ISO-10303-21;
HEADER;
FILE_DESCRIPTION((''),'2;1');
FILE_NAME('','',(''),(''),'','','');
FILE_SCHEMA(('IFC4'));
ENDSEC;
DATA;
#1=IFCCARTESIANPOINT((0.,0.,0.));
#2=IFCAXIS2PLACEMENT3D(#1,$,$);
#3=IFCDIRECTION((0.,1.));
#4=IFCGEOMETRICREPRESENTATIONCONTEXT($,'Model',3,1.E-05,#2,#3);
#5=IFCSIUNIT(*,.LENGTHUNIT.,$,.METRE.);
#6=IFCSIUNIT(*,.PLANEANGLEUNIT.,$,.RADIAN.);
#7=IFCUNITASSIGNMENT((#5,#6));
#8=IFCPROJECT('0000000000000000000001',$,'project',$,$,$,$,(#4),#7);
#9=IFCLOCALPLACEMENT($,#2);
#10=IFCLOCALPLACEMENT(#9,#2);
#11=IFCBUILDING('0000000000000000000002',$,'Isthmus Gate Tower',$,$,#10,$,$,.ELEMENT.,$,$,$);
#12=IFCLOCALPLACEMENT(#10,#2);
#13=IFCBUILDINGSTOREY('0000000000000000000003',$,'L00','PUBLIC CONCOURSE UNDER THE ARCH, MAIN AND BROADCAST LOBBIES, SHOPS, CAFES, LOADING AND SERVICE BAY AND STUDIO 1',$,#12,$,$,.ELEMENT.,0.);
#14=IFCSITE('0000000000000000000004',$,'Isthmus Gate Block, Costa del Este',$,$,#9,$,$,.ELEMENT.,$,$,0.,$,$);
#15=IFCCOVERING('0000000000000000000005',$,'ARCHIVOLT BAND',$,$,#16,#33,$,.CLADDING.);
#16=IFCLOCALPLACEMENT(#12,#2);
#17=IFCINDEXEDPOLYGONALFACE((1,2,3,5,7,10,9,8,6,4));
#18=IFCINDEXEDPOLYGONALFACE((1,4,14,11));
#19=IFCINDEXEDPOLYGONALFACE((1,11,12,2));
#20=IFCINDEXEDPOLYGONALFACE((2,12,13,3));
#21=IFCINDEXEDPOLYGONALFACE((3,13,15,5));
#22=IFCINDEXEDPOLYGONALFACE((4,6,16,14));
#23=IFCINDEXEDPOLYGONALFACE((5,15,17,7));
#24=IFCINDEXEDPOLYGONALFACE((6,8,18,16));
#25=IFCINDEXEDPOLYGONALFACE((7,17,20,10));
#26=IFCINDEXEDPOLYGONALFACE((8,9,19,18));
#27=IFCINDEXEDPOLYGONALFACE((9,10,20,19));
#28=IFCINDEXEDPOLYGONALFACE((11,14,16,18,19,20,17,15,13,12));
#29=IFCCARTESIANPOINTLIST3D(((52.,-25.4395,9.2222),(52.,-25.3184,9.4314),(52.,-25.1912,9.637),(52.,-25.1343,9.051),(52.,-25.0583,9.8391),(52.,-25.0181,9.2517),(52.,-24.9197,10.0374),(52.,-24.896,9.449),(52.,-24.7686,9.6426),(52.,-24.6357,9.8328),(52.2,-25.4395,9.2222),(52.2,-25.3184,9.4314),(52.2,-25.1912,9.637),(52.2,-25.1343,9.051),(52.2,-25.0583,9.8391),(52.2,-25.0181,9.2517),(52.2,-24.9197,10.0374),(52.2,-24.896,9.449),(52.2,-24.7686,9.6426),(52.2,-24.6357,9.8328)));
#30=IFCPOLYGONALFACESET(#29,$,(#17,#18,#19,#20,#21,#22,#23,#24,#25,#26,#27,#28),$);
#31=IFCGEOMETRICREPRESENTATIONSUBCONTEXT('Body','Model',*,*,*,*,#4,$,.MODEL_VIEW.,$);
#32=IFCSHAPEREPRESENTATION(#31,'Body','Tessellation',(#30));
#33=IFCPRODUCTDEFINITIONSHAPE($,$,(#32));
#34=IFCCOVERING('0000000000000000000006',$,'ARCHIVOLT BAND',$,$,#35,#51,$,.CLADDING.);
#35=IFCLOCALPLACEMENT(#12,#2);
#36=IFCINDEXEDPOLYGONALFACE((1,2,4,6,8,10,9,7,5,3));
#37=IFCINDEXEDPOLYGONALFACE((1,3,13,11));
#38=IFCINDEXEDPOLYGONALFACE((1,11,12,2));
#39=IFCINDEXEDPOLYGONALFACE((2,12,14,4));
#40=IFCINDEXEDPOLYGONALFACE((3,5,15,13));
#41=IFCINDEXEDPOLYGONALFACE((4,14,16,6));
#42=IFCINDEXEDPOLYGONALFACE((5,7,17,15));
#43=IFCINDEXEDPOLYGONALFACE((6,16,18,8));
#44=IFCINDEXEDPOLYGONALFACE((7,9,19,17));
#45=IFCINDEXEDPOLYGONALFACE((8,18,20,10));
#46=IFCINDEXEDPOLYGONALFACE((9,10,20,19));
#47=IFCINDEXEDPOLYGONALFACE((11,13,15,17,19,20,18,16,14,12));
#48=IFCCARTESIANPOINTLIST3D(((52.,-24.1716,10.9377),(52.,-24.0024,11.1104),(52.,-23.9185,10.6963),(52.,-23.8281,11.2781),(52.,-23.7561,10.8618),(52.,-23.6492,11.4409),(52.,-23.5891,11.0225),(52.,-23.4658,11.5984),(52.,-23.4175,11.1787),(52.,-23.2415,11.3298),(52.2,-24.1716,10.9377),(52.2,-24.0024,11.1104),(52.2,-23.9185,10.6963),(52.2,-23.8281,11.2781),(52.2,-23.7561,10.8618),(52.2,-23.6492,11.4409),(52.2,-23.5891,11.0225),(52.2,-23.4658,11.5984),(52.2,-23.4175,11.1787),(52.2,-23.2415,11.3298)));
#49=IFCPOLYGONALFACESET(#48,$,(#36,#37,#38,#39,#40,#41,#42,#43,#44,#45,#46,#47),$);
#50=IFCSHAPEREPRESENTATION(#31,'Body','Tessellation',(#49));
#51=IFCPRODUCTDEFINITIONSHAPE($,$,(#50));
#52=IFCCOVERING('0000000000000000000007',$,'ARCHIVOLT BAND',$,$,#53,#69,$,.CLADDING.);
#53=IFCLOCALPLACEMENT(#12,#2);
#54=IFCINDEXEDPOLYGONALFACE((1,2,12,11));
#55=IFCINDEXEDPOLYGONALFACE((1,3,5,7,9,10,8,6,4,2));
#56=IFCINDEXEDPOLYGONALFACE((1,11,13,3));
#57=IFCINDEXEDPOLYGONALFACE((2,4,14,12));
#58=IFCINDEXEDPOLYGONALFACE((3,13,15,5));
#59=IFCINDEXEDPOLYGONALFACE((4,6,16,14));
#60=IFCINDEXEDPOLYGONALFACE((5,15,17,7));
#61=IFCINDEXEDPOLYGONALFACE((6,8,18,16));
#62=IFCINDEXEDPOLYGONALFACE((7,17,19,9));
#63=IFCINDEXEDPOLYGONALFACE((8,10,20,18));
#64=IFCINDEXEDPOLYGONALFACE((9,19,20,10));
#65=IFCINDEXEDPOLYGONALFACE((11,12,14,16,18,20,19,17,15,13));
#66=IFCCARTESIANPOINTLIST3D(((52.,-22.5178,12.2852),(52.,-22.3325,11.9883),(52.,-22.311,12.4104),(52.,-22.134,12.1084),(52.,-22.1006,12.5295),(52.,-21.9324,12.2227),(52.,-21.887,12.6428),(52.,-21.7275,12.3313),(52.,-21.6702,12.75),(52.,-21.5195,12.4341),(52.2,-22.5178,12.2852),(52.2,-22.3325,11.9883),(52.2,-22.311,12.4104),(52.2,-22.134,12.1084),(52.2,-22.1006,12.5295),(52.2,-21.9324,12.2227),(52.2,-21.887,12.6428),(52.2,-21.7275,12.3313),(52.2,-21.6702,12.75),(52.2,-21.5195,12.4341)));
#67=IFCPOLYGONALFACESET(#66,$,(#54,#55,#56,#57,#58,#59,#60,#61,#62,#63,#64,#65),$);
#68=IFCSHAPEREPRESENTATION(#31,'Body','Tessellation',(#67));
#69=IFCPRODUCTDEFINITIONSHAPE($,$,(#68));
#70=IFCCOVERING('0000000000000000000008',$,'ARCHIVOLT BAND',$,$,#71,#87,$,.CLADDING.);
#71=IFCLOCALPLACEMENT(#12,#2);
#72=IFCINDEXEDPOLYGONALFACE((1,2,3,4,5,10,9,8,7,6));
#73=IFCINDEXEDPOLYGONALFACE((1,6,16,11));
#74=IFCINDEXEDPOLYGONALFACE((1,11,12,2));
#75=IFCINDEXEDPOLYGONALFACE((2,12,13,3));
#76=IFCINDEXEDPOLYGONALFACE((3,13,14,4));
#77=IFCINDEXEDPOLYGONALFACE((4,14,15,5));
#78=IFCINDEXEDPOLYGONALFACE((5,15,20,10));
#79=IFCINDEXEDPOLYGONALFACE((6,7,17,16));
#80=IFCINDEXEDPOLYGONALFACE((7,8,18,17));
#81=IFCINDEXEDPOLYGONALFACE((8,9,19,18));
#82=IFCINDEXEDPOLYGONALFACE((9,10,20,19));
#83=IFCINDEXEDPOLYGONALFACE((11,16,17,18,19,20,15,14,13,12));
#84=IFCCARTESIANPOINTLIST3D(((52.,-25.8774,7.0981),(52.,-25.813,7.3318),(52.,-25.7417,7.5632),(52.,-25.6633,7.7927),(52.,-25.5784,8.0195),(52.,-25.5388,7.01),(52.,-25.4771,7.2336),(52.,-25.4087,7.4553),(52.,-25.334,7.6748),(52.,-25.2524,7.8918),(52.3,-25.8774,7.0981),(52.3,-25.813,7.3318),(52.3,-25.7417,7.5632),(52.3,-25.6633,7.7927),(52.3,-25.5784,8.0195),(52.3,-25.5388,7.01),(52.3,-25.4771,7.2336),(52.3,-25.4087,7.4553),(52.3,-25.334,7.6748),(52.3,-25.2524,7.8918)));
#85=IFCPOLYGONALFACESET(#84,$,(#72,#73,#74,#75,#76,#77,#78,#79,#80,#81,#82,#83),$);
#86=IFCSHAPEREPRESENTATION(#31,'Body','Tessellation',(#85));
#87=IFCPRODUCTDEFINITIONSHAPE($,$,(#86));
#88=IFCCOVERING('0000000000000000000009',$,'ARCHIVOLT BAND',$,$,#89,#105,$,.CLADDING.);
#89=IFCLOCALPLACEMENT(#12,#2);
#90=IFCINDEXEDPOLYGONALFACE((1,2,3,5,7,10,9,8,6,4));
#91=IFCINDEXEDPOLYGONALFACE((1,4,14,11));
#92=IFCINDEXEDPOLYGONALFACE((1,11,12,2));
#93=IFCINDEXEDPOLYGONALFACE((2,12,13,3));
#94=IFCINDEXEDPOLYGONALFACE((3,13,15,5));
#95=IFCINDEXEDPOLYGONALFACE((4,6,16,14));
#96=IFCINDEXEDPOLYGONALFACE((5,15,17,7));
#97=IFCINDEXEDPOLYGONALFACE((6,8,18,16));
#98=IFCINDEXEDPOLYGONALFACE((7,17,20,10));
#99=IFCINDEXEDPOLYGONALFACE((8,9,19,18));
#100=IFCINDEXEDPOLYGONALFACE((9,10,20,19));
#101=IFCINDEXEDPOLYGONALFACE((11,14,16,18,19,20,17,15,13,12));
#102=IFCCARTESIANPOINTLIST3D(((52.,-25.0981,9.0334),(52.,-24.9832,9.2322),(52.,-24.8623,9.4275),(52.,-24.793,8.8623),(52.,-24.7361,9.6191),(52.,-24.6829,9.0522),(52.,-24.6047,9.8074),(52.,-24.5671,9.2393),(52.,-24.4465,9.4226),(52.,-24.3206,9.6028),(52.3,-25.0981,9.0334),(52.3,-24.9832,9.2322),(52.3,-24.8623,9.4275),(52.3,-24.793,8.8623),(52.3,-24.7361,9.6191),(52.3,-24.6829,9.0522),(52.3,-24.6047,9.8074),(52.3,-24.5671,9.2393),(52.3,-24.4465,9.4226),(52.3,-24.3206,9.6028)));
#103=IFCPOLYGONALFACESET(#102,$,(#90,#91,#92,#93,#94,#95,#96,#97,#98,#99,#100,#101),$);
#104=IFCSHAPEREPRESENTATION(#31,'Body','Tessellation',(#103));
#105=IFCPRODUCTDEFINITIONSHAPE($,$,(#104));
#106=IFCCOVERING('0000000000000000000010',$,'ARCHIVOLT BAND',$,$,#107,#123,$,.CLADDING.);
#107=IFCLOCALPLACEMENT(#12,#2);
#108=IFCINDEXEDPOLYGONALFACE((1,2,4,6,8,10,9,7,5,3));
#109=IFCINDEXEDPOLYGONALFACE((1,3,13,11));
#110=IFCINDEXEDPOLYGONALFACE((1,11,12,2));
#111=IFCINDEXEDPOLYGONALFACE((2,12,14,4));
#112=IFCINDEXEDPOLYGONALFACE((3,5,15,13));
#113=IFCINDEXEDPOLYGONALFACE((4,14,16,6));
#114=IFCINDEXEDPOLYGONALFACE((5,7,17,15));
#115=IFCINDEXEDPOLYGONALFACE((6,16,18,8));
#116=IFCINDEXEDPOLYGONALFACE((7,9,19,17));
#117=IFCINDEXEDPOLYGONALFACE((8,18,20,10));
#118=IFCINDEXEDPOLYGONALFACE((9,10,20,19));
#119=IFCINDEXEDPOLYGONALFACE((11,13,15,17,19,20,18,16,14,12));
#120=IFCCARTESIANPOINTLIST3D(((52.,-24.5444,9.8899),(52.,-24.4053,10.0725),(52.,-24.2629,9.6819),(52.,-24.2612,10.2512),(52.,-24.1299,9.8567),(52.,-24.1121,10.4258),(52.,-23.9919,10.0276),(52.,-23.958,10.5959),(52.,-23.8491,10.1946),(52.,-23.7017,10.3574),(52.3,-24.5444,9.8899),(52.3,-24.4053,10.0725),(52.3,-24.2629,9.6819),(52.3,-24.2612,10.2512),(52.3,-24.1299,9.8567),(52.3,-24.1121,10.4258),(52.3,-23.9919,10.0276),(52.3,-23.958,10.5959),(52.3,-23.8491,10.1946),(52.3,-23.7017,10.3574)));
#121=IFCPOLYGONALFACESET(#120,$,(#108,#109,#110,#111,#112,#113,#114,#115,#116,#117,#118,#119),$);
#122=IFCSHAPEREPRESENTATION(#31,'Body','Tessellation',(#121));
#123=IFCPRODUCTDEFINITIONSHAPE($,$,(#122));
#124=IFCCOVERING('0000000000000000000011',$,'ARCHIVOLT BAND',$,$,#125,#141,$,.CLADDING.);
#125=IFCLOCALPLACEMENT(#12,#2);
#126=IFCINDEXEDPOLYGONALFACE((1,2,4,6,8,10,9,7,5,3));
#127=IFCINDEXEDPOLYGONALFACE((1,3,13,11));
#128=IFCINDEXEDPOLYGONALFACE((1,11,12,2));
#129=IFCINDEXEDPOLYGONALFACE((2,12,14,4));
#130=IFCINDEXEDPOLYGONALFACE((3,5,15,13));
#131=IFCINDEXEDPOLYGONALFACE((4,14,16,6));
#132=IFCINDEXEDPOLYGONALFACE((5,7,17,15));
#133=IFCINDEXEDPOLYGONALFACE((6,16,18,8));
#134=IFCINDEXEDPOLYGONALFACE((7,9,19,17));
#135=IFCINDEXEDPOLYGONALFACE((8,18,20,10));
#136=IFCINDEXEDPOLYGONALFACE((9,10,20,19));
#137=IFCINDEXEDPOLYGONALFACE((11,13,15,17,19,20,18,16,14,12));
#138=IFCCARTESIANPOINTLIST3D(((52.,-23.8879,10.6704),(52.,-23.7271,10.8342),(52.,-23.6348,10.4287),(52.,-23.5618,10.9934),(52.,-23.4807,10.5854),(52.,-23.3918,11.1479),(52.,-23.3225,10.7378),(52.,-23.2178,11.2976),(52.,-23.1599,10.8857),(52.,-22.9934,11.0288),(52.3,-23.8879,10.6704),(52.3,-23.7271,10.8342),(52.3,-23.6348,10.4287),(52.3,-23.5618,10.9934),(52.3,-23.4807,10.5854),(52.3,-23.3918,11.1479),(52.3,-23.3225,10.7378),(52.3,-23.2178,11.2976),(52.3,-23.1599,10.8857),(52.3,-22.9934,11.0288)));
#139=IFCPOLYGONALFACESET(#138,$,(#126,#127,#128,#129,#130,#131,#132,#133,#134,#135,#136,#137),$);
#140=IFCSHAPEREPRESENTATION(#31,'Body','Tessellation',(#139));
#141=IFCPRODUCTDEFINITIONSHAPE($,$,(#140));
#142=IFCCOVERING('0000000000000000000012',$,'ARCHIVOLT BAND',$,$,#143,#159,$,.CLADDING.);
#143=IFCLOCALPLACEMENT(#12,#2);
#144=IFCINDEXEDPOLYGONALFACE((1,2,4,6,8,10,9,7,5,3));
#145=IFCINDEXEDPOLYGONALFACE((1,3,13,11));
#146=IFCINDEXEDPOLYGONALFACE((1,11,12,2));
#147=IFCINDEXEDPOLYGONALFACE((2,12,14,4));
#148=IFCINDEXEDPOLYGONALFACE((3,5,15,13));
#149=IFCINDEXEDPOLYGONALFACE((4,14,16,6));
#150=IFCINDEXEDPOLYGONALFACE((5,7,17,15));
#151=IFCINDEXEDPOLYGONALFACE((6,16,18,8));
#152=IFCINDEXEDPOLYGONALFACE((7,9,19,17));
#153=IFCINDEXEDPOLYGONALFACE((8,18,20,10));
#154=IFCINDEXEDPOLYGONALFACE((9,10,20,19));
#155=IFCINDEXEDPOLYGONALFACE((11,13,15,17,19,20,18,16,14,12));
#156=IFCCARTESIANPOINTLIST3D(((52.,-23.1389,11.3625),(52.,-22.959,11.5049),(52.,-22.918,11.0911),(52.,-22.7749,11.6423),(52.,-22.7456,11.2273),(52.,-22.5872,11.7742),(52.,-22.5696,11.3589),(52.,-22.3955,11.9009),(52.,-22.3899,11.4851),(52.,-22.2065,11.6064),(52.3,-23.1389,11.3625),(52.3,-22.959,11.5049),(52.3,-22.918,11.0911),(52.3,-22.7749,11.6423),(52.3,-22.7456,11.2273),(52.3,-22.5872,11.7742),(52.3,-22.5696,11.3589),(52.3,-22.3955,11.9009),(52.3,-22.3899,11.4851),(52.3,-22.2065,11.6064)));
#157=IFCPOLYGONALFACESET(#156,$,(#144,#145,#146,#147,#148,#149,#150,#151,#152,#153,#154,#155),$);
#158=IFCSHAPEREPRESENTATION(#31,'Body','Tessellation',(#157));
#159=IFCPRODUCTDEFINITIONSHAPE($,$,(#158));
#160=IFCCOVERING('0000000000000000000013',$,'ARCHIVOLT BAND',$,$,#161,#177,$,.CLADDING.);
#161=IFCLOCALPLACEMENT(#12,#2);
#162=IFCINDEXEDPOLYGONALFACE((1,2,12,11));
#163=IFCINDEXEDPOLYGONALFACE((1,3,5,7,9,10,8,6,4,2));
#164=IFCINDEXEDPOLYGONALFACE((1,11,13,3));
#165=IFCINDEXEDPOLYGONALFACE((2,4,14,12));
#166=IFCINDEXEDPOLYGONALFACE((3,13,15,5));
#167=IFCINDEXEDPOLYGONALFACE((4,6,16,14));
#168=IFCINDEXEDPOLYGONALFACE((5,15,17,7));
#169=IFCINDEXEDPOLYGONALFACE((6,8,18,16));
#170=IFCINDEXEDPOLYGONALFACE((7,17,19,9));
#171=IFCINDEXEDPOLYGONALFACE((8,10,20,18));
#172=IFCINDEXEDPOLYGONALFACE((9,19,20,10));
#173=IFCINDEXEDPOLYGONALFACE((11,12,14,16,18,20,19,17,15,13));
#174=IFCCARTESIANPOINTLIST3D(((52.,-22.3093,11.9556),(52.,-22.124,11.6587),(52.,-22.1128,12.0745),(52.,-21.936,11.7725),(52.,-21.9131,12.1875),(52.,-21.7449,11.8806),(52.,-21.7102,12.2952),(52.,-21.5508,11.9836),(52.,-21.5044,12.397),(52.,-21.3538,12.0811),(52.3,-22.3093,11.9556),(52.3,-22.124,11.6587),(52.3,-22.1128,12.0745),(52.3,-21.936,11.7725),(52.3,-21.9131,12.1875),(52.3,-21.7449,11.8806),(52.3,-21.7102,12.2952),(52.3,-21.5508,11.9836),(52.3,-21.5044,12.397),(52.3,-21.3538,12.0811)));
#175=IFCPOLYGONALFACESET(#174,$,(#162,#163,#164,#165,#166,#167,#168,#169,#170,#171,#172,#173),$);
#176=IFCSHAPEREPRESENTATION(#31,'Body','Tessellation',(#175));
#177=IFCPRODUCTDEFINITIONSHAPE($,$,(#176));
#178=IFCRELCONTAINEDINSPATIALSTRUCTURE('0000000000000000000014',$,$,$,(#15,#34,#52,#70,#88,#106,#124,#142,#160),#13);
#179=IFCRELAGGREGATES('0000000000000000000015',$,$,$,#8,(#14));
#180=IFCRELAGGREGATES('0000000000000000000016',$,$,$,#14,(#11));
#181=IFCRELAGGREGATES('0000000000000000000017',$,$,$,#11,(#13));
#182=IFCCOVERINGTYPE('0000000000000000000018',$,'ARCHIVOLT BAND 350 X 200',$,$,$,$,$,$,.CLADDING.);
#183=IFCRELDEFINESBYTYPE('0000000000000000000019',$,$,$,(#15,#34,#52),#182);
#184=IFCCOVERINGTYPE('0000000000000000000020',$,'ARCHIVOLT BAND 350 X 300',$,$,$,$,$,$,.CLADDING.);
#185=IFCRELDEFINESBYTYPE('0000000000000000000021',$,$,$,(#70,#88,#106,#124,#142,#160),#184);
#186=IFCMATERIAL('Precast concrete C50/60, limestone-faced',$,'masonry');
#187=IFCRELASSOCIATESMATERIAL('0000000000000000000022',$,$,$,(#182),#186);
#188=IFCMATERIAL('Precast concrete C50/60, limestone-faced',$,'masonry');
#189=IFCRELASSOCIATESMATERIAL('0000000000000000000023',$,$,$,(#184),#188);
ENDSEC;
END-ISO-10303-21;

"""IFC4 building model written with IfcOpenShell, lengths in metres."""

from ifc_helpers import new_model, si_unit, direction, frame, origin, place, context, subcontext, project, spatial, polyline, outline, extrude, material, type_object, element, save


model = new_model("IFC4")

# Units and contexts
model_context = context("Model", 3, precision=1e-05, world=origin(), true_north=direction((0.0, 1.0)))
body_context = subcontext(model_context, "Body", "Model", "MODEL_VIEW")
ifc_project = project(units=[si_unit("LENGTHUNIT", "METRE"), si_unit("PLANEANGLEUNIT", "RADIAN")], contexts=[model_context])

# Site, building, storey
site_placement = place(None, origin())
site = spatial("IfcSite", under=ifc_project, at=site_placement, Name="Isthmus Gate Block, Costa del Este", CompositionType="ELEMENT", RefElevation=0.0)
building_placement = place(site_placement, origin())
building = spatial("IfcBuilding", under=site, at=building_placement, Name="Isthmus Gate Tower", CompositionType="ELEMENT")
storey_placement = place(building_placement, origin())
storey = spatial("IfcBuildingStorey", under=building, at=storey_placement, Name="L00", Description="PUBLIC CONCOURSE UNDER THE ARCH, MAIN AND BROADCAST LOBBIES, SHOPS, CAFES, LOADING AND SERVICE BAY AND STUDIO 1", CompositionType="ELEMENT", Elevation=0.0)

# Coverings
ifc_material_1 = material(Name="Precast concrete C50/60, limestone-faced", Category="masonry")
covering_type_1 = type_object("IfcCoveringType", Name="ARCHIVOLT BAND 350 X 200", PredefinedType="CLADDING", material=ifc_material_1)
covering_1_placement = place(storey_placement, frame((52.2, -25.1343, 9.051), z_axis=(1.0, 0.0, 0.0), x_axis=(0.0, 0.501119, 0.865378)))
element("IfcCovering", 1, at=covering_1_placement, inside=storey, type_object=covering_type_1, Name="ARCHIVOLT BAND", PredefinedType="CLADDING", context=body_context, shape_type="SweptSolid", body=[
    extrude(outline(polyline([(0.0, 0.0), (0.2319, 0.0), (0.4638, -0.0068), (0.6952, -0.02), (0.9263, -0.0397), (0.9611, 0.3086), (0.72, 0.3292), (0.4786, 0.3429), (0.2369, 0.3499), (-0.0048, 0.3499), (0.0, 0.0)])), origin(), (0.0, 0.0, -1.0), 0.2),
])
covering_2_placement = place(storey_placement, frame((52.2, -23.9185, 10.6963), z_axis=(1.0, 0.0, 0.0), x_axis=(0.0, 0.700229, 0.713918)))
element("IfcCovering", 2, at=covering_2_placement, inside=storey, type_object=covering_type_1, Name="ARCHIVOLT BAND", PredefinedType="CLADDING", context=body_context, shape_type="SweptSolid", body=[
    extrude(outline(polyline([(0.0, 0.0), (0.2319, 0.0), (0.4635, -0.0067), (0.6952, -0.0199), (0.9264, -0.0397), (0.961, 0.3085), (0.7202, 0.3292), (0.4786, 0.3429), (0.2368, 0.3499), (-0.0049, 0.3498), (0.0, 0.0)])), origin(), (0.0, 0.0, -1.0), 0.2),
])
covering_3_placement = place(storey_placement, frame((52.2, -22.3325, 11.9883), z_axis=(1.0, 0.0, 0.0), x_axis=(0.0, 0.855537, 0.517742)))
element("IfcCovering", 3, at=covering_3_placement, inside=storey, type_object=covering_type_1, Name="ARCHIVOLT BAND", PredefinedType="CLADDING", context=body_context, shape_type="SweptSolid", body=[
    extrude(outline(polyline([(0.0, 0.0), (0.232, 0.0), (0.4637, -0.0067), (0.6952, -0.0198), (0.9264, -0.0395), (0.961, 0.3088), (0.7201, 0.3293), (0.4787, 0.343), (0.2369, 0.35), (-0.0048, 0.3499), (0.0, 0.0)])), origin(), (0.0, 0.0, -1.0), 0.2),
])
ifc_material_2 = material(Name="Precast concrete C50/60, limestone-faced", Category="masonry")
covering_type_2 = type_object("IfcCoveringType", Name="ARCHIVOLT BAND 350 X 300", PredefinedType="CLADDING", material=ifc_material_2)
covering_4_placement = place(storey_placement, frame((52.3, -25.5388, 7.01), z_axis=(1.0, 0.0, 0.0), x_axis=(0.0, 0.266232, 0.963909)))
element("IfcCovering", 4, at=covering_4_placement, inside=storey, type_object=covering_type_2, Name="ARCHIVOLT BAND", PredefinedType="CLADDING", context=body_context, shape_type="SweptSolid", body=[
    extrude(outline(polyline([(0.0, 0.0), (0.232, 0.0), (0.4639, -0.0069), (0.6953, -0.0205), (0.9263, -0.0413), (0.9626, 0.3069), (0.7213, 0.3284), (0.4792, 0.3428), (0.2372, 0.3499), (-0.0052, 0.3499), (0.0, 0.0)])), origin(), (0.0, 0.0, -1.0), 0.3),
])
covering_5_placement = place(storey_placement, frame((52.3, -24.793, 8.8623), z_axis=(1.0, 0.0, 0.0), x_axis=(0.0, 0.501518, 0.865147)))
element("IfcCovering", 5, at=covering_5_placement, inside=storey, type_object=covering_type_2, Name="ARCHIVOLT BAND", PredefinedType="CLADDING", context=body_context, shape_type="SweptSolid", body=[
    extrude(outline(polyline([(0.0, 0.0), (0.2195, 0.0), (0.4394, -0.0063), (0.6585, -0.0187), (0.8775, -0.0373), (0.912, 0.3111), (0.6833, 0.3304), (0.4542, 0.3434), (0.2246, 0.35), (-0.005, 0.3499), (0.0, 0.0)])), origin(), (0.0, 0.0, -1.0), 0.3),
])
covering_6_placement = place(storey_placement, frame((52.3, -24.2629, 9.6819), z_axis=(1.0, 0.0, 0.0), x_axis=(0.0, 0.605675, 0.795712)))
element("IfcCovering", 6, at=covering_6_placement, inside=storey, type_object=covering_type_2, Name="ARCHIVOLT BAND", PredefinedType="CLADDING", context=body_context, shape_type="SweptSolid", body=[
    extrude(outline(polyline([(0.0, 0.0), (0.2197, 0.0), (0.4392, -0.0063), (0.6586, -0.0188), (0.8775, -0.0375), (0.912, 0.311), (0.6833, 0.3305), (0.4541, 0.3435), (0.2246, 0.3498), (-0.005, 0.35), (0.0, 0.0)])), origin(), (0.0, 0.0, -1.0), 0.3),
])
covering_7_placement = place(storey_placement, frame((52.3, -23.6348, 10.4287), z_axis=(1.0, 0.0, 0.0), x_axis=(0.0, 0.70097, 0.71319)))
element("IfcCovering", 7, at=covering_7_placement, inside=storey, type_object=covering_type_2, Name="ARCHIVOLT BAND", PredefinedType="CLADDING", context=body_context, shape_type="SweptSolid", body=[
    extrude(outline(polyline([(0.0, 0.0), (0.2198, 0.0), (0.4393, -0.006), (0.6588, -0.0183), (0.8776, -0.0368), (0.912, 0.3117), (0.6832, 0.3309), (0.4539, 0.3438), (0.2245, 0.3501), (-0.0051, 0.35), (0.0, 0.0)])), origin(), (0.0, 0.0, -1.0), 0.3),
])
covering_8_placement = place(storey_placement, frame((52.3, -22.918, 11.0911), z_axis=(1.0, 0.0, 0.0), x_axis=(0.0, 0.784541, 0.620077)))
element("IfcCovering", 8, at=covering_8_placement, inside=storey, type_object=covering_type_2, Name="ARCHIVOLT BAND", PredefinedType="CLADDING", context=body_context, shape_type="SweptSolid", body=[
    extrude(outline(polyline([(0.0, 0.0), (0.2197, 0.0), (0.4394, -0.0059), (0.6586, -0.0183), (0.8777, -0.0368), (0.912, 0.3114), (0.6831, 0.3308), (0.4541, 0.3438), (0.2244, 0.3501), (-0.005, 0.35), (0.0, 0.0)])), origin(), (0.0, 0.0, -1.0), 0.3),
])
covering_9_placement = place(storey_placement, frame((52.3, -22.124, 11.6587), z_axis=(1.0, 0.0, 0.0), x_axis=(0.0, 0.855526, 0.51776)))
element("IfcCovering", 9, at=covering_9_placement, inside=storey, type_object=covering_type_2, Name="ARCHIVOLT BAND", PredefinedType="CLADDING", context=body_context, shape_type="SweptSolid", body=[
    extrude(outline(polyline([(0.0, 0.0), (0.2197, 0.0), (0.4393, -0.0064), (0.6587, -0.0188), (0.8777, -0.0375), (0.9124, 0.3108), (0.6836, 0.3303), (0.4543, 0.3432), (0.2249, 0.3499), (-0.0048, 0.3499), (0.0, 0.0)])), origin(), (0.0, 0.0, -1.0), 0.3),
])

save(model, "model.ifc")
